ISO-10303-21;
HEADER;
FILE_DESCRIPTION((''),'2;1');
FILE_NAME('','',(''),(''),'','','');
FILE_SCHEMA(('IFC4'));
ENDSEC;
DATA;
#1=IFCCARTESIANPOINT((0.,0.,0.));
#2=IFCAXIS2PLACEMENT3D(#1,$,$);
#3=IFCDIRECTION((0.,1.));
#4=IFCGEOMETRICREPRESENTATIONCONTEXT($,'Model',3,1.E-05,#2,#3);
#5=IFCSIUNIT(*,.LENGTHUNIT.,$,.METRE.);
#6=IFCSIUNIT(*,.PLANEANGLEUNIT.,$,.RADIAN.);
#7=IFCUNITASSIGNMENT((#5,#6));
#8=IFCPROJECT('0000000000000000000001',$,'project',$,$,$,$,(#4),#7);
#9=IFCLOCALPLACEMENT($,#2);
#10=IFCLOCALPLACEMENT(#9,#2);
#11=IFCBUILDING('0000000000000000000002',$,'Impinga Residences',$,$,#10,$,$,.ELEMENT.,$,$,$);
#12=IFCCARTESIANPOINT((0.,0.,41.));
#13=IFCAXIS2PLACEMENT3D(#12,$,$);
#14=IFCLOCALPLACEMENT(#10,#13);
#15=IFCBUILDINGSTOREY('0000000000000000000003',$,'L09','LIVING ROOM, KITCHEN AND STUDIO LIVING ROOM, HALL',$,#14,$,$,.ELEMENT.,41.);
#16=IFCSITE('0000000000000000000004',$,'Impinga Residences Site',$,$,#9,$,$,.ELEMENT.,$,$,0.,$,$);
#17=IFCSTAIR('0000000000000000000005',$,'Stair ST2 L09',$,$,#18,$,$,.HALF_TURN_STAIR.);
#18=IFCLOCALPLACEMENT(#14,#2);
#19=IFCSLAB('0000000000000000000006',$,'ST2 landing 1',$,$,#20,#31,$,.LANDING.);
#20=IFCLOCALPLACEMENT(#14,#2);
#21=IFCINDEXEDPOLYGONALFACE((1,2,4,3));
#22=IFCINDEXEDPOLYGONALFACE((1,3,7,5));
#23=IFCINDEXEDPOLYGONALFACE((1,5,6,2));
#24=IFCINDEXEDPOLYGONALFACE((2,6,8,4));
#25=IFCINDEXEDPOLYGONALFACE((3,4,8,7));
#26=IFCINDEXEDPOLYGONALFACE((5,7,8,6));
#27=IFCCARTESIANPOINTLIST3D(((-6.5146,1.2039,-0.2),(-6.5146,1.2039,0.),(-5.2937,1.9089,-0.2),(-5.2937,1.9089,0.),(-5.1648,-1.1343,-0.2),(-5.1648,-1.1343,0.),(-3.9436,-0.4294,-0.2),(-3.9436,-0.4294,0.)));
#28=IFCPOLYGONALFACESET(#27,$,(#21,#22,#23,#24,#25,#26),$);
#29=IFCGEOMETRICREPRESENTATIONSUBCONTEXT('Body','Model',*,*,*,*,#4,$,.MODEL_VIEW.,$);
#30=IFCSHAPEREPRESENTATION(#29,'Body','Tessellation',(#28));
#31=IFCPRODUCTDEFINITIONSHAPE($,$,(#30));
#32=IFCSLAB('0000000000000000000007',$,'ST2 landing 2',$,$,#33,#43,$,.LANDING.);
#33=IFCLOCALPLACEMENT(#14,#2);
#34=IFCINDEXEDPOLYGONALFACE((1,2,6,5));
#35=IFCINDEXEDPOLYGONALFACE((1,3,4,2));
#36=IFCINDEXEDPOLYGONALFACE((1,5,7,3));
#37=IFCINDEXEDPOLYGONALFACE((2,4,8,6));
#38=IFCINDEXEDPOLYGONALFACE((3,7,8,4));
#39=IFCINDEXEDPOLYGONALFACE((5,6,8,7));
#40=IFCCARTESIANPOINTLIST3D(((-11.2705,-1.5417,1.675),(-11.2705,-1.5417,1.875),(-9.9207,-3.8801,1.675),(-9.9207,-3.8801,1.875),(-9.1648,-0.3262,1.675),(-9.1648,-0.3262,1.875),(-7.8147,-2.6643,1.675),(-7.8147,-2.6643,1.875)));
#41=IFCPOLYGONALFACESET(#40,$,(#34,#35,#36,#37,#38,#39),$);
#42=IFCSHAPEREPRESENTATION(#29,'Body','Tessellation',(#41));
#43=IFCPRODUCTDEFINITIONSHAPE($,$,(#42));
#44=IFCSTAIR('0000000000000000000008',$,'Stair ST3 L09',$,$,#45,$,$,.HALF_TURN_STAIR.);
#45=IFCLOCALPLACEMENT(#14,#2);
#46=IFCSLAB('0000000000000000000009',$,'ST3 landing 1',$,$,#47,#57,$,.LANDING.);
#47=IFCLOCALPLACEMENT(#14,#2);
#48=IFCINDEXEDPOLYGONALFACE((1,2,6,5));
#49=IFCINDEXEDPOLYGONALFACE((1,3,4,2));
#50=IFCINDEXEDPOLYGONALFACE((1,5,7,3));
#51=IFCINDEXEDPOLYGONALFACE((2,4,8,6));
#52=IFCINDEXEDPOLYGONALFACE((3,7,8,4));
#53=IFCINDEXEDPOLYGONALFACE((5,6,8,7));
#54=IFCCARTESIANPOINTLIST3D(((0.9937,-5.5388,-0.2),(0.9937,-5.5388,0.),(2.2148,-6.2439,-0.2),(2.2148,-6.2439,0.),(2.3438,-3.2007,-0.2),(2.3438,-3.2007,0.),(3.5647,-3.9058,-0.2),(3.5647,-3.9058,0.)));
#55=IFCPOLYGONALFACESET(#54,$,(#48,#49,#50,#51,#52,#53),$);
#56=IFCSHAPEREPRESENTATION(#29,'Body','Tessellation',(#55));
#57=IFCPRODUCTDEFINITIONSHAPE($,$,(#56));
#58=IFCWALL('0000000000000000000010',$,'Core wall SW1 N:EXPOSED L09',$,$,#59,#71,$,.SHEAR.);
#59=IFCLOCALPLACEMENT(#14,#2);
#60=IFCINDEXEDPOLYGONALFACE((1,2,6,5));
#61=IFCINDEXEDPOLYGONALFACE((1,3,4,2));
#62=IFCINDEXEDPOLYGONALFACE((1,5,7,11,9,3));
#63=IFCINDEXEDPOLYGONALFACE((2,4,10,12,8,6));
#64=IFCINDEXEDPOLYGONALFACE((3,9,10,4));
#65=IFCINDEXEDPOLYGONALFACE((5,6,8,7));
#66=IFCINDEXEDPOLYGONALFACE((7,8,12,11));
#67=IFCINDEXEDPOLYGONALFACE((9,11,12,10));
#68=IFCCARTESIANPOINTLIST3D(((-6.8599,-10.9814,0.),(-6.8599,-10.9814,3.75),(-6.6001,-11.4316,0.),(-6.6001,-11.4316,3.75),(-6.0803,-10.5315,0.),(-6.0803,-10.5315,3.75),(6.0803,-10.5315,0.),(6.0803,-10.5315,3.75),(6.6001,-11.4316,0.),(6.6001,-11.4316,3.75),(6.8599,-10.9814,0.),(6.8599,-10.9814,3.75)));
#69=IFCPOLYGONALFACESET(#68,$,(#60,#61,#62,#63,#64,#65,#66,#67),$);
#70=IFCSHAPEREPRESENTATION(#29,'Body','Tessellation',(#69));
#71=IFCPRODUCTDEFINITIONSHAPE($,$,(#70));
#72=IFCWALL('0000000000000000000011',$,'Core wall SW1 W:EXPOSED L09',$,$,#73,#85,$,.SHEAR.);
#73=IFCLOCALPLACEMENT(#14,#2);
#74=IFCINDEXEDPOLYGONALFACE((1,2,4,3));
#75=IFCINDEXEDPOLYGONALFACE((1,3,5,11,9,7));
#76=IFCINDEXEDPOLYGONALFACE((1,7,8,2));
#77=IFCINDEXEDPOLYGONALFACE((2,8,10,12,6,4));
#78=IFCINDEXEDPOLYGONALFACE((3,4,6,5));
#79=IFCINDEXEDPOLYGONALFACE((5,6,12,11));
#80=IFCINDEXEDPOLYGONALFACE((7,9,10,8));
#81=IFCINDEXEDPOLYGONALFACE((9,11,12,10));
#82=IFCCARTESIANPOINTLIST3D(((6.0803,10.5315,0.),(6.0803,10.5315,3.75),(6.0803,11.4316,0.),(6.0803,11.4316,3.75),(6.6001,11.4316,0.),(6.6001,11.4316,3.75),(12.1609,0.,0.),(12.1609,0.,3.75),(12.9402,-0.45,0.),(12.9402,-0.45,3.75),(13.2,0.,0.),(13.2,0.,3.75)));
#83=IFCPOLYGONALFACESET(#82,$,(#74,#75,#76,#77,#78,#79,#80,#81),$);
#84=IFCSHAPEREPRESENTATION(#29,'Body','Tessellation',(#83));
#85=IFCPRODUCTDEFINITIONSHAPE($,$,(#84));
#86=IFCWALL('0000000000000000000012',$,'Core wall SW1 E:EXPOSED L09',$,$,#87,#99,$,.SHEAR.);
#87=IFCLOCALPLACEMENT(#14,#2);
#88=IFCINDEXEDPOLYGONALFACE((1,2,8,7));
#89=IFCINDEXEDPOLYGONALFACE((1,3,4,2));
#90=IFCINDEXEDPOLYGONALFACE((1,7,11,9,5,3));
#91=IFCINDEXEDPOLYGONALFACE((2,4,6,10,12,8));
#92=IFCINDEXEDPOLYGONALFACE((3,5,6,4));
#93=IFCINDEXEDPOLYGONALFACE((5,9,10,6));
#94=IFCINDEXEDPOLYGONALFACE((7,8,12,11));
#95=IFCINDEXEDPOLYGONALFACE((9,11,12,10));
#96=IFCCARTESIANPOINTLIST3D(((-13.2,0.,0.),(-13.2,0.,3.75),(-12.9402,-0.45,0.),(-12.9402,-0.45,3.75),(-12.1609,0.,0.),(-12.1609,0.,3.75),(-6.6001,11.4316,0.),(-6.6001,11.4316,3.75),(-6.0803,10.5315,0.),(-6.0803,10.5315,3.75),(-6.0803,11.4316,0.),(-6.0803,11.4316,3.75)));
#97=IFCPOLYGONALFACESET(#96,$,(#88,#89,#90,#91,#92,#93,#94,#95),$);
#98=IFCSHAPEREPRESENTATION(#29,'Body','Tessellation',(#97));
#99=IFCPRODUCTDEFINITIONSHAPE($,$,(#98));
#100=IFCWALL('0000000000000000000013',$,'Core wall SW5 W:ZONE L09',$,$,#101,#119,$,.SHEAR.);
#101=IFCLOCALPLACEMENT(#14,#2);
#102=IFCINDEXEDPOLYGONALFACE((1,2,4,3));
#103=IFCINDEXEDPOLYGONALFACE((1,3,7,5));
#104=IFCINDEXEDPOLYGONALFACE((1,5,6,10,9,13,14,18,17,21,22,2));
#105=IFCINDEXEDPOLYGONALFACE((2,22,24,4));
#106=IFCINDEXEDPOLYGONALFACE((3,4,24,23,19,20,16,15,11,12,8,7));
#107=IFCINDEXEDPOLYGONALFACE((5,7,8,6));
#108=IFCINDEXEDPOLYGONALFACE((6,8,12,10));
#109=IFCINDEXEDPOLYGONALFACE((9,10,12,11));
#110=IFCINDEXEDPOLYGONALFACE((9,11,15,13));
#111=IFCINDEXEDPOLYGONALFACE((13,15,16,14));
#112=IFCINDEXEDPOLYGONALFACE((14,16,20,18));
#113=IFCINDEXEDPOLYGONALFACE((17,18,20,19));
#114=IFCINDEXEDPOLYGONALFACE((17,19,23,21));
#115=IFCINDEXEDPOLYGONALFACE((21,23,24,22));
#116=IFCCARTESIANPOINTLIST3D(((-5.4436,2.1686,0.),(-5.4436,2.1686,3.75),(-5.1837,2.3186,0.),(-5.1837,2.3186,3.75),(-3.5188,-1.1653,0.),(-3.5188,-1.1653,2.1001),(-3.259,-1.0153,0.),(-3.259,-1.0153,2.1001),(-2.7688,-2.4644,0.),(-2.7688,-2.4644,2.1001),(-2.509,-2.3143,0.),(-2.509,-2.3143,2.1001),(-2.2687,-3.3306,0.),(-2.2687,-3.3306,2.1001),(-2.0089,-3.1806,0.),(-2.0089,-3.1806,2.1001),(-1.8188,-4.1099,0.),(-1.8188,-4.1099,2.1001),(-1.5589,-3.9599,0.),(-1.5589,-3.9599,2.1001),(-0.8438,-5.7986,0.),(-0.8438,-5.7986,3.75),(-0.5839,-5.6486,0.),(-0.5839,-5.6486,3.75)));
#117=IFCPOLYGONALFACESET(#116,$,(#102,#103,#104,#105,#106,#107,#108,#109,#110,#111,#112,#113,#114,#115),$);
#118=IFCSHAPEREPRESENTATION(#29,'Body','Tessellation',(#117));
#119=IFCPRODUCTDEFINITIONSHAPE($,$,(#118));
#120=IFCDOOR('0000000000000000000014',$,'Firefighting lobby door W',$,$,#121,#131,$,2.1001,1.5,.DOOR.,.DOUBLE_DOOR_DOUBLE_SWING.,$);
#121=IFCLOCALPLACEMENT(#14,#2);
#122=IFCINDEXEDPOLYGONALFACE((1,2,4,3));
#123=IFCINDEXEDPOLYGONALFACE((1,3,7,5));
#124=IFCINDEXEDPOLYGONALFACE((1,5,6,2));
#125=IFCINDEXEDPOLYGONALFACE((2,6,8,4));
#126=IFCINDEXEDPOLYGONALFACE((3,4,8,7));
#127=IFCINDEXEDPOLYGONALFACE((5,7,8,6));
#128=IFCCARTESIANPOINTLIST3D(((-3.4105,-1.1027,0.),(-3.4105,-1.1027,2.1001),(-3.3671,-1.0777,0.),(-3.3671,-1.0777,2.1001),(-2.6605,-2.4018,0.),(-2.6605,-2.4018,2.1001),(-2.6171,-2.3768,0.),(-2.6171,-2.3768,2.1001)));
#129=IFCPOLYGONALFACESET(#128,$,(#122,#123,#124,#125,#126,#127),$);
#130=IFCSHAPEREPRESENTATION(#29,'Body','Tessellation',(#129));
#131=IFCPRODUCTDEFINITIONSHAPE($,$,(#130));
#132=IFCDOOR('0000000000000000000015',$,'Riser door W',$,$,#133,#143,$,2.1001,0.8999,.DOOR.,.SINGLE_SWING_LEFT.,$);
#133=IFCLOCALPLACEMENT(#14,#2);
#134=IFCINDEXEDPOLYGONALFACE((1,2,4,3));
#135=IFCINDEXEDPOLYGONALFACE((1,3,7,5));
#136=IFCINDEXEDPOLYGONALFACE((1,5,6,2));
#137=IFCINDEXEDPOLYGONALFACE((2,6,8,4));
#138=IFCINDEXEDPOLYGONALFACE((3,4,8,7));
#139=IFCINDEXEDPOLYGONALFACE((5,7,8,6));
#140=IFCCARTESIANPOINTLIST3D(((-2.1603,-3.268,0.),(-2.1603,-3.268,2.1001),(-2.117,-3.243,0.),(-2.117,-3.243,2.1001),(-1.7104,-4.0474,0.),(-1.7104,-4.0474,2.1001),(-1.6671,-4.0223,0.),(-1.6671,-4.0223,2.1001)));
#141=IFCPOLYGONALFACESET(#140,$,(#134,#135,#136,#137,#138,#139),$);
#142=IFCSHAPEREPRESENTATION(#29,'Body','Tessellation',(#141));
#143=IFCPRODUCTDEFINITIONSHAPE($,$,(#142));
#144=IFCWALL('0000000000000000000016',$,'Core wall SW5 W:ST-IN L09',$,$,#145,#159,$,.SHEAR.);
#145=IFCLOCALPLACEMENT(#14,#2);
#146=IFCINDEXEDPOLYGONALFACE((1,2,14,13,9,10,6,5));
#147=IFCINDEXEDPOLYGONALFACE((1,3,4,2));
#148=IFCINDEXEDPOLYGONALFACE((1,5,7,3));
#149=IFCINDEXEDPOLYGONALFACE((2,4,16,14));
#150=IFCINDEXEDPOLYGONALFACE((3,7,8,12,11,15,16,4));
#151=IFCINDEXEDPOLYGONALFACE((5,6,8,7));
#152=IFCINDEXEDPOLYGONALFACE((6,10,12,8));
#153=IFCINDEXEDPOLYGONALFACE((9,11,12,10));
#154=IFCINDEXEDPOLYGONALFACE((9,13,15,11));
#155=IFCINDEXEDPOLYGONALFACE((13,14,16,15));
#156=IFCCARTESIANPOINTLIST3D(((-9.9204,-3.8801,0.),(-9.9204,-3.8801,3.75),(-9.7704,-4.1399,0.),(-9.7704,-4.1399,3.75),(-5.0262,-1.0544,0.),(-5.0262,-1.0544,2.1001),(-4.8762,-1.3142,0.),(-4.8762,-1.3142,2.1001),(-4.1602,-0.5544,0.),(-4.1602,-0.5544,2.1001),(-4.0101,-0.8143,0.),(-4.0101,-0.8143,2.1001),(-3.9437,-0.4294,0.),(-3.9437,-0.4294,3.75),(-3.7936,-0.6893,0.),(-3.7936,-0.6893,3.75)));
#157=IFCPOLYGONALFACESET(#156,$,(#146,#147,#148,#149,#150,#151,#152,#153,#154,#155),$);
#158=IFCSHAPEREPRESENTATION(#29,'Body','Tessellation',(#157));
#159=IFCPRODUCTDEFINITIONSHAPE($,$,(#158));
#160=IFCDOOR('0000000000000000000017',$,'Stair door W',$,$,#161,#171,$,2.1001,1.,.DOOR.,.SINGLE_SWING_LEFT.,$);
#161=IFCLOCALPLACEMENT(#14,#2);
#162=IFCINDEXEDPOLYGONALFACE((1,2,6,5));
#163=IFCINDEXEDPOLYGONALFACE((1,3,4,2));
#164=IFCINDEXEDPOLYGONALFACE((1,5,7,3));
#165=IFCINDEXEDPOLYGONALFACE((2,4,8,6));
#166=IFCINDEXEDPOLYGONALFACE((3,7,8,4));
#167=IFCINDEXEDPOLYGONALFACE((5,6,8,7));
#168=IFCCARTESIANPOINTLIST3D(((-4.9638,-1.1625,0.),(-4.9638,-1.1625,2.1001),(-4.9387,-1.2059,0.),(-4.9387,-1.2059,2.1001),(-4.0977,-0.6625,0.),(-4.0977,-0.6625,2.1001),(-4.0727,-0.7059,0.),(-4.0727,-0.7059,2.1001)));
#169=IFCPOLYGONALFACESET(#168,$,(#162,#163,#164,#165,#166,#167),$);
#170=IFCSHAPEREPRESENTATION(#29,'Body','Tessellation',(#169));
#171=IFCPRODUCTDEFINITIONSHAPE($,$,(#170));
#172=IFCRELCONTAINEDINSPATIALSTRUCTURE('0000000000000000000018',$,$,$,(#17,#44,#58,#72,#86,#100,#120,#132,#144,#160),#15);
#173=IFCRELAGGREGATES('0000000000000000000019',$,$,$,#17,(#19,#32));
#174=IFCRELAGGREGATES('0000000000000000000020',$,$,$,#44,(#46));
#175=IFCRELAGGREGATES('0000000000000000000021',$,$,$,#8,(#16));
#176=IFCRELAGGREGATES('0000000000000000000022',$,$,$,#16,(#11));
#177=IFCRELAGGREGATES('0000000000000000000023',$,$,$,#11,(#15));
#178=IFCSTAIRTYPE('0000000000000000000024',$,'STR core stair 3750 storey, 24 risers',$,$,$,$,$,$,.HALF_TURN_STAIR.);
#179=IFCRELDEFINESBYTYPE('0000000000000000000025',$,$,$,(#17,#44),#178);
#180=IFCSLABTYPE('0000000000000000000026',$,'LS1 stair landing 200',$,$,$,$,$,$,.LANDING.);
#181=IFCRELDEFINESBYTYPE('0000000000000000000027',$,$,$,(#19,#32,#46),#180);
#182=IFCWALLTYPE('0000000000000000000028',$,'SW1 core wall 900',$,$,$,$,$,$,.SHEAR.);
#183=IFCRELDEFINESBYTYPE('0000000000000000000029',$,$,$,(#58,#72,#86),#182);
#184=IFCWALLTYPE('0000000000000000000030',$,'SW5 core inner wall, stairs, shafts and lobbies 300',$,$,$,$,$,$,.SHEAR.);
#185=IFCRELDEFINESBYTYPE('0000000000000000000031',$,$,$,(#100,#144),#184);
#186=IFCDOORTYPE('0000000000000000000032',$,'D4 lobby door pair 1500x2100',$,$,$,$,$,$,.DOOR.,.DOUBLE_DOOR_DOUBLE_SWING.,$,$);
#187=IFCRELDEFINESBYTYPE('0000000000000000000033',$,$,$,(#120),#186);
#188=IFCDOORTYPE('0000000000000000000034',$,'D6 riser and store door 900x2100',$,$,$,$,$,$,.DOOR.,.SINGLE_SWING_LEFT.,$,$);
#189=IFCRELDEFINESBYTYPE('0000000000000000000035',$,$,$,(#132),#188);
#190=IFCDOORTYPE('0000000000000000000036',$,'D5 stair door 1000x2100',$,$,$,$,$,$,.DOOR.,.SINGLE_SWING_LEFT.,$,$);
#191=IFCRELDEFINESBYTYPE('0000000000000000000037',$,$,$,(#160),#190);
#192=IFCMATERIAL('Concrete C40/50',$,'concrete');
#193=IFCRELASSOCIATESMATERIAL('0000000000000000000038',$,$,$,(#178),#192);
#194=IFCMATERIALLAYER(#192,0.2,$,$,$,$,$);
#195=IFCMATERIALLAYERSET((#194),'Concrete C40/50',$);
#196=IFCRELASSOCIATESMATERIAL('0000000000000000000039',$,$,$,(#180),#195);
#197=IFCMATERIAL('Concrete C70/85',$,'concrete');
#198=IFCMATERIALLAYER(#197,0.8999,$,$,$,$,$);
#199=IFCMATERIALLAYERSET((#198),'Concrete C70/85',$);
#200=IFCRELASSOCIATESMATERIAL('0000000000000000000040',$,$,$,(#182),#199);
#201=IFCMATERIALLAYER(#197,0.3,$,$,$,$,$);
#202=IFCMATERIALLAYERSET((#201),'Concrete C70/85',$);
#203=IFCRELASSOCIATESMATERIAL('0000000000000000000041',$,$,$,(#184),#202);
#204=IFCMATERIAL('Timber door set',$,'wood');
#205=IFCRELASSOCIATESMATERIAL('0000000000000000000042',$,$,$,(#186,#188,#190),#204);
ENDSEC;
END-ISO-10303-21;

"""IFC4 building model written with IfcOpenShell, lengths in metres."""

from ifc_helpers import new_model, si_unit, direction, frame, frame_2d, origin, place, context, subcontext, project, spatial, polyline, rectangle, outline, extrude, material, layer, layer_set, type_object, element, fill, aggregate, save


model = new_model("IFC4")

# Units and contexts
model_context = context("Model", 3, precision=1e-05, world=origin(), true_north=direction((0.0, 1.0)))
body_context = subcontext(model_context, "Body", "Model", "MODEL_VIEW")
ifc_project = project(units=[si_unit("LENGTHUNIT", "METRE"), si_unit("PLANEANGLEUNIT", "RADIAN")], contexts=[model_context])

# Site, building, storey
site_placement = place(None, origin())
site = spatial("IfcSite", under=ifc_project, at=site_placement, Name="Impinga Residences Site", CompositionType="ELEMENT", RefElevation=0.0)
building_placement = place(site_placement, origin())
building = spatial("IfcBuilding", under=site, at=building_placement, Name="Impinga Residences", CompositionType="ELEMENT")
storey_placement = place(building_placement, frame((0.0, 0.0, 41.0)))
storey = spatial("IfcBuildingStorey", under=building, at=storey_placement, Name="L09", Description="LIVING ROOM, KITCHEN AND STUDIO LIVING ROOM, HALL", CompositionType="ELEMENT", Elevation=41.0)

# Stair, slabs
ifc_material_1 = material(Name="Concrete C40/50", Category="concrete")
stair_type = type_object("IfcStairType", Name="STR core stair 3750 storey, 24 risers", PredefinedType="HALF_TURN_STAIR", material=ifc_material_1)
ifc_layer_1 = layer(ifc_material_1, 0.2)
ifc_layer_set_1 = layer_set([ifc_layer_1], Name="Concrete C40/50")
slab_type_1 = type_object("IfcSlabType", Name="LS1 stair landing 200", PredefinedType="LANDING", material=ifc_layer_set_1)
stair_1_placement = place(storey_placement, origin())
stair_1 = element("IfcStair", 1, at=stair_1_placement, inside=storey, type_object=stair_type, Name="Stair ST2 L09", PredefinedType="HALF_TURN_STAIR")
slab_1_placement = place(storey_placement, frame((0.0, 0.0, -0.2)))
slab_1 = element("IfcSlab", 2, at=slab_1_placement, type_object=slab_type_1, Name="ST2 landing 1", PredefinedType="LANDING", context=body_context, shape_type="SweptSolid", body=[
    extrude(outline(polyline([(-3.9436, -0.4294), (-5.2937, 1.9089), (-6.5146, 1.2039), (-5.1648, -1.1343), (-3.9436, -0.4294)])), origin(), (0.0, 0.0, 1.0), 0.2),
])
slab_2_placement = place(storey_placement, frame((0.0, 0.0, 1.675)))
slab_2 = element("IfcSlab", 3, at=slab_2_placement, type_object=slab_type_1, Name="ST2 landing 2", PredefinedType="LANDING", context=body_context, shape_type="SweptSolid", body=[
    extrude(outline(polyline([(-7.8147, -2.6643), (-9.1648, -0.3262), (-11.2705, -1.5417), (-9.9207, -3.8801), (-7.8147, -2.6643)])), origin(), (0.0, 0.0, 1.0), 0.2),
])
aggregate(stair_1, [slab_1, slab_2])

# Stair, slab
stair_2_placement = place(storey_placement, origin())
stair_2 = element("IfcStair", 4, at=stair_2_placement, inside=storey, type_object=stair_type, Name="Stair ST3 L09", PredefinedType="HALF_TURN_STAIR")
slab_3_placement = place(storey_placement, frame((0.0, 0.0, -0.2)))
slab_3 = element("IfcSlab", 5, at=slab_3_placement, type_object=slab_type_1, Name="ST3 landing 1", PredefinedType="LANDING", context=body_context, shape_type="SweptSolid", body=[
    extrude(outline(polyline([(2.3438, -3.2007), (0.9937, -5.5388), (2.2148, -6.2439), (3.5647, -3.9058), (2.3438, -3.2007)])), origin(), (0.0, 0.0, 1.0), 0.2),
])
aggregate(stair_2, [slab_3])

# Walls
ifc_material_2 = material(Name="Concrete C70/85", Category="concrete")
ifc_layer_2 = layer(ifc_material_2, 0.8999)
ifc_layer_set_2 = layer_set([ifc_layer_2], Name="Concrete C70/85")
wall_type_1 = type_object("IfcWallType", Name="SW1 core wall 900", PredefinedType="SHEAR", material=ifc_layer_set_2)
wall_1_placement = place(storey_placement, origin())
element("IfcWall", 6, at=wall_1_placement, inside=storey, type_object=wall_type_1, Name="Core wall SW1 N:EXPOSED L09", PredefinedType="SHEAR", context=body_context, shape_type="SweptSolid", body=[
    extrude(outline(polyline([(-6.6001, -11.4316), (6.6001, -11.4316), (6.8599, -10.9814), (6.0803, -10.5315), (-6.0803, -10.5315), (-6.8599, -10.9814), (-6.6001, -11.4316)])), origin(), (0.0, 0.0, 1.0), 3.75),
])
wall_2_placement = place(storey_placement, origin())
element("IfcWall", 7, at=wall_2_placement, inside=storey, type_object=wall_type_1, Name="Core wall SW1 W:EXPOSED L09", PredefinedType="SHEAR", context=body_context, shape_type="SweptSolid", body=[
    extrude(outline(polyline([(13.2, 0.0), (6.6001, 11.4316), (6.0803, 11.4316), (6.0803, 10.5315), (12.1609, 0.0), (12.9402, -0.45), (13.2, 0.0)])), origin(), (0.0, 0.0, 1.0), 3.75),
])
wall_3_placement = place(storey_placement, origin())
element("IfcWall", 8, at=wall_3_placement, inside=storey, type_object=wall_type_1, Name="Core wall SW1 E:EXPOSED L09", PredefinedType="SHEAR", context=body_context, shape_type="SweptSolid", body=[
    extrude(outline(polyline([(-6.6001, 11.4316), (-13.2, 0.0), (-12.9402, -0.45), (-12.1609, 0.0), (-6.0803, 10.5315), (-6.0803, 11.4316), (-6.6001, 11.4316)])), origin(), (0.0, 0.0, 1.0), 3.75),
])

# Wall, openings, doors
ifc_layer_3 = layer(ifc_material_2, 0.3)
ifc_layer_set_3 = layer_set([ifc_layer_3], Name="Concrete C70/85")
wall_type_2 = type_object("IfcWallType", Name="SW5 core inner wall, stairs, shafts and lobbies 300", PredefinedType="SHEAR", material=ifc_layer_set_3)
wall_4_placement = place(storey_placement, frame((-0.7139, -5.7236, 0.0), z_axis=(0.0, 0.0, 1.0), x_axis=(-0.499995, 0.866028, 0.0)))
wall_4 = element("IfcWall", 9, at=wall_4_placement, inside=storey, type_object=wall_type_2, Name="Core wall SW5 W:ZONE L09", PredefinedType="SHEAR", context=body_context, shape_type="SweptSolid", body=[
    extrude(rectangle(XDim=9.1997, YDim=0.3, at=frame_2d((4.5999, 0.0))), origin(), (0.0, 0.0, 1.0), 3.75),
])
opening_1_placement = place(wall_4_placement, frame((3.8501, 0.0, 0.0)))
opening_1 = element("IfcOpeningElement", 10, at=opening_1_placement, cuts=wall_4, PredefinedType="OPENING", context=body_context, shape_type="SweptSolid", body=[
    extrude(rectangle(XDim=1.5, YDim=2.1001, at=frame_2d((0.75, 1.05))), frame((0.0, 0.1599, 0.0), z_axis=(0.0, -1.0, 0.0), x_axis=(1.0, 0.0, 0.0)), (0.0, 0.0, 1.0), 0.3201),
])
opening_2_placement = place(wall_4_placement, frame((1.95, 0.0, 0.0)))
opening_2 = element("IfcOpeningElement", 11, at=opening_2_placement, cuts=wall_4, PredefinedType="OPENING", context=body_context, shape_type="SweptSolid", body=[
    extrude(rectangle(XDim=0.8999, YDim=2.1001, at=frame_2d((0.45, 1.05))), frame((0.0, 0.1599, 0.0), z_axis=(0.0, -1.0, 0.0), x_axis=(1.0, 0.0, 0.0)), (0.0, 0.0, 1.0), 0.3201),
])
ifc_material_3 = material(Name="Timber door set", Category="wood")
door_type_1 = type_object("IfcDoorType", Name="D4 lobby door pair 1500x2100", OperationType="DOUBLE_DOOR_DOUBLE_SWING", PredefinedType="DOOR", material=ifc_material_3)
door_1_placement = place(opening_1_placement, origin())
door_1 = element("IfcDoor", 12, at=door_1_placement, inside=storey, type_object=door_type_1, Name="Firefighting lobby door W", OperationType="DOUBLE_DOOR_DOUBLE_SWING", OverallHeight=2.1001, OverallWidth=1.5, PredefinedType="DOOR", context=body_context, shape_type="SweptSolid", body=[
    extrude(rectangle(XDim=1.5, YDim=2.1001, at=frame_2d((0.75, 1.05))), frame((0.0, 0.0249, 0.0), z_axis=(0.0, -1.0, 0.0), x_axis=(1.0, 0.0, 0.0)), (0.0, 0.0, 1.0), 0.05),
])
fill(opening_1, door_1)
door_type_2 = type_object("IfcDoorType", Name="D6 riser and store door 900x2100", OperationType="SINGLE_SWING_LEFT", PredefinedType="DOOR", material=ifc_material_3)
door_2_placement = place(opening_2_placement, origin())
door_2 = element("IfcDoor", 13, at=door_2_placement, inside=storey, type_object=door_type_2, Name="Riser door W", OperationType="SINGLE_SWING_LEFT", OverallHeight=2.1001, OverallWidth=0.8999, PredefinedType="DOOR", context=body_context, shape_type="SweptSolid", body=[
    extrude(rectangle(XDim=0.8999, YDim=2.1001, at=frame_2d((0.45, 1.05))), frame((0.0, 0.0249, 0.0), z_axis=(0.0, -1.0, 0.0), x_axis=(1.0, 0.0, 0.0)), (0.0, 0.0, 1.0), 0.05),
])
fill(opening_2, door_2)

# Wall, opening, door
wall_5_placement = place(storey_placement, frame((-3.8687, -0.5593, 0.0), z_axis=(0.0, 0.0, 1.0), x_axis=(-0.866027, -0.499997, 0.0)))
wall_5 = element("IfcWall", 14, at=wall_5_placement, inside=storey, type_object=wall_type_2, Name="Core wall SW5 W:ST-IN L09", PredefinedType="SHEAR", context=body_context, shape_type="SweptSolid", body=[
    extrude(rectangle(XDim=6.9014, YDim=0.3, at=frame_2d((3.4507, 0.0))), origin(), (0.0, 0.0, 1.0), 3.75),
])
opening_3_placement = place(wall_5_placement, frame((0.25, 0.0, 0.0)))
opening_3 = element("IfcOpeningElement", 15, at=opening_3_placement, cuts=wall_5, PredefinedType="OPENING", context=body_context, shape_type="SweptSolid", body=[
    extrude(rectangle(XDim=1.0, YDim=2.1001, at=frame_2d((0.5, 1.05))), frame((0.0, 0.1599, 0.0), z_axis=(0.0, -1.0, 0.0), x_axis=(1.0, 0.0, 0.0)), (0.0, 0.0, 1.0), 0.3201),
])
door_type_3 = type_object("IfcDoorType", Name="D5 stair door 1000x2100", OperationType="SINGLE_SWING_LEFT", PredefinedType="DOOR", material=ifc_material_3)
door_3_placement = place(opening_3_placement, origin())
door_3 = element("IfcDoor", 16, at=door_3_placement, inside=storey, type_object=door_type_3, Name="Stair door W", OperationType="SINGLE_SWING_LEFT", OverallHeight=2.1001, OverallWidth=1.0, PredefinedType="DOOR", context=body_context, shape_type="SweptSolid", body=[
    extrude(rectangle(XDim=1.0, YDim=2.1001, at=frame_2d((0.5, 1.05))), frame((0.0, 0.0249, 0.0), z_axis=(0.0, -1.0, 0.0), x_axis=(1.0, 0.0, 0.0)), (0.0, 0.0, 1.0), 0.05),
])
fill(opening_3, door_3)

save(model, "model.ifc")
